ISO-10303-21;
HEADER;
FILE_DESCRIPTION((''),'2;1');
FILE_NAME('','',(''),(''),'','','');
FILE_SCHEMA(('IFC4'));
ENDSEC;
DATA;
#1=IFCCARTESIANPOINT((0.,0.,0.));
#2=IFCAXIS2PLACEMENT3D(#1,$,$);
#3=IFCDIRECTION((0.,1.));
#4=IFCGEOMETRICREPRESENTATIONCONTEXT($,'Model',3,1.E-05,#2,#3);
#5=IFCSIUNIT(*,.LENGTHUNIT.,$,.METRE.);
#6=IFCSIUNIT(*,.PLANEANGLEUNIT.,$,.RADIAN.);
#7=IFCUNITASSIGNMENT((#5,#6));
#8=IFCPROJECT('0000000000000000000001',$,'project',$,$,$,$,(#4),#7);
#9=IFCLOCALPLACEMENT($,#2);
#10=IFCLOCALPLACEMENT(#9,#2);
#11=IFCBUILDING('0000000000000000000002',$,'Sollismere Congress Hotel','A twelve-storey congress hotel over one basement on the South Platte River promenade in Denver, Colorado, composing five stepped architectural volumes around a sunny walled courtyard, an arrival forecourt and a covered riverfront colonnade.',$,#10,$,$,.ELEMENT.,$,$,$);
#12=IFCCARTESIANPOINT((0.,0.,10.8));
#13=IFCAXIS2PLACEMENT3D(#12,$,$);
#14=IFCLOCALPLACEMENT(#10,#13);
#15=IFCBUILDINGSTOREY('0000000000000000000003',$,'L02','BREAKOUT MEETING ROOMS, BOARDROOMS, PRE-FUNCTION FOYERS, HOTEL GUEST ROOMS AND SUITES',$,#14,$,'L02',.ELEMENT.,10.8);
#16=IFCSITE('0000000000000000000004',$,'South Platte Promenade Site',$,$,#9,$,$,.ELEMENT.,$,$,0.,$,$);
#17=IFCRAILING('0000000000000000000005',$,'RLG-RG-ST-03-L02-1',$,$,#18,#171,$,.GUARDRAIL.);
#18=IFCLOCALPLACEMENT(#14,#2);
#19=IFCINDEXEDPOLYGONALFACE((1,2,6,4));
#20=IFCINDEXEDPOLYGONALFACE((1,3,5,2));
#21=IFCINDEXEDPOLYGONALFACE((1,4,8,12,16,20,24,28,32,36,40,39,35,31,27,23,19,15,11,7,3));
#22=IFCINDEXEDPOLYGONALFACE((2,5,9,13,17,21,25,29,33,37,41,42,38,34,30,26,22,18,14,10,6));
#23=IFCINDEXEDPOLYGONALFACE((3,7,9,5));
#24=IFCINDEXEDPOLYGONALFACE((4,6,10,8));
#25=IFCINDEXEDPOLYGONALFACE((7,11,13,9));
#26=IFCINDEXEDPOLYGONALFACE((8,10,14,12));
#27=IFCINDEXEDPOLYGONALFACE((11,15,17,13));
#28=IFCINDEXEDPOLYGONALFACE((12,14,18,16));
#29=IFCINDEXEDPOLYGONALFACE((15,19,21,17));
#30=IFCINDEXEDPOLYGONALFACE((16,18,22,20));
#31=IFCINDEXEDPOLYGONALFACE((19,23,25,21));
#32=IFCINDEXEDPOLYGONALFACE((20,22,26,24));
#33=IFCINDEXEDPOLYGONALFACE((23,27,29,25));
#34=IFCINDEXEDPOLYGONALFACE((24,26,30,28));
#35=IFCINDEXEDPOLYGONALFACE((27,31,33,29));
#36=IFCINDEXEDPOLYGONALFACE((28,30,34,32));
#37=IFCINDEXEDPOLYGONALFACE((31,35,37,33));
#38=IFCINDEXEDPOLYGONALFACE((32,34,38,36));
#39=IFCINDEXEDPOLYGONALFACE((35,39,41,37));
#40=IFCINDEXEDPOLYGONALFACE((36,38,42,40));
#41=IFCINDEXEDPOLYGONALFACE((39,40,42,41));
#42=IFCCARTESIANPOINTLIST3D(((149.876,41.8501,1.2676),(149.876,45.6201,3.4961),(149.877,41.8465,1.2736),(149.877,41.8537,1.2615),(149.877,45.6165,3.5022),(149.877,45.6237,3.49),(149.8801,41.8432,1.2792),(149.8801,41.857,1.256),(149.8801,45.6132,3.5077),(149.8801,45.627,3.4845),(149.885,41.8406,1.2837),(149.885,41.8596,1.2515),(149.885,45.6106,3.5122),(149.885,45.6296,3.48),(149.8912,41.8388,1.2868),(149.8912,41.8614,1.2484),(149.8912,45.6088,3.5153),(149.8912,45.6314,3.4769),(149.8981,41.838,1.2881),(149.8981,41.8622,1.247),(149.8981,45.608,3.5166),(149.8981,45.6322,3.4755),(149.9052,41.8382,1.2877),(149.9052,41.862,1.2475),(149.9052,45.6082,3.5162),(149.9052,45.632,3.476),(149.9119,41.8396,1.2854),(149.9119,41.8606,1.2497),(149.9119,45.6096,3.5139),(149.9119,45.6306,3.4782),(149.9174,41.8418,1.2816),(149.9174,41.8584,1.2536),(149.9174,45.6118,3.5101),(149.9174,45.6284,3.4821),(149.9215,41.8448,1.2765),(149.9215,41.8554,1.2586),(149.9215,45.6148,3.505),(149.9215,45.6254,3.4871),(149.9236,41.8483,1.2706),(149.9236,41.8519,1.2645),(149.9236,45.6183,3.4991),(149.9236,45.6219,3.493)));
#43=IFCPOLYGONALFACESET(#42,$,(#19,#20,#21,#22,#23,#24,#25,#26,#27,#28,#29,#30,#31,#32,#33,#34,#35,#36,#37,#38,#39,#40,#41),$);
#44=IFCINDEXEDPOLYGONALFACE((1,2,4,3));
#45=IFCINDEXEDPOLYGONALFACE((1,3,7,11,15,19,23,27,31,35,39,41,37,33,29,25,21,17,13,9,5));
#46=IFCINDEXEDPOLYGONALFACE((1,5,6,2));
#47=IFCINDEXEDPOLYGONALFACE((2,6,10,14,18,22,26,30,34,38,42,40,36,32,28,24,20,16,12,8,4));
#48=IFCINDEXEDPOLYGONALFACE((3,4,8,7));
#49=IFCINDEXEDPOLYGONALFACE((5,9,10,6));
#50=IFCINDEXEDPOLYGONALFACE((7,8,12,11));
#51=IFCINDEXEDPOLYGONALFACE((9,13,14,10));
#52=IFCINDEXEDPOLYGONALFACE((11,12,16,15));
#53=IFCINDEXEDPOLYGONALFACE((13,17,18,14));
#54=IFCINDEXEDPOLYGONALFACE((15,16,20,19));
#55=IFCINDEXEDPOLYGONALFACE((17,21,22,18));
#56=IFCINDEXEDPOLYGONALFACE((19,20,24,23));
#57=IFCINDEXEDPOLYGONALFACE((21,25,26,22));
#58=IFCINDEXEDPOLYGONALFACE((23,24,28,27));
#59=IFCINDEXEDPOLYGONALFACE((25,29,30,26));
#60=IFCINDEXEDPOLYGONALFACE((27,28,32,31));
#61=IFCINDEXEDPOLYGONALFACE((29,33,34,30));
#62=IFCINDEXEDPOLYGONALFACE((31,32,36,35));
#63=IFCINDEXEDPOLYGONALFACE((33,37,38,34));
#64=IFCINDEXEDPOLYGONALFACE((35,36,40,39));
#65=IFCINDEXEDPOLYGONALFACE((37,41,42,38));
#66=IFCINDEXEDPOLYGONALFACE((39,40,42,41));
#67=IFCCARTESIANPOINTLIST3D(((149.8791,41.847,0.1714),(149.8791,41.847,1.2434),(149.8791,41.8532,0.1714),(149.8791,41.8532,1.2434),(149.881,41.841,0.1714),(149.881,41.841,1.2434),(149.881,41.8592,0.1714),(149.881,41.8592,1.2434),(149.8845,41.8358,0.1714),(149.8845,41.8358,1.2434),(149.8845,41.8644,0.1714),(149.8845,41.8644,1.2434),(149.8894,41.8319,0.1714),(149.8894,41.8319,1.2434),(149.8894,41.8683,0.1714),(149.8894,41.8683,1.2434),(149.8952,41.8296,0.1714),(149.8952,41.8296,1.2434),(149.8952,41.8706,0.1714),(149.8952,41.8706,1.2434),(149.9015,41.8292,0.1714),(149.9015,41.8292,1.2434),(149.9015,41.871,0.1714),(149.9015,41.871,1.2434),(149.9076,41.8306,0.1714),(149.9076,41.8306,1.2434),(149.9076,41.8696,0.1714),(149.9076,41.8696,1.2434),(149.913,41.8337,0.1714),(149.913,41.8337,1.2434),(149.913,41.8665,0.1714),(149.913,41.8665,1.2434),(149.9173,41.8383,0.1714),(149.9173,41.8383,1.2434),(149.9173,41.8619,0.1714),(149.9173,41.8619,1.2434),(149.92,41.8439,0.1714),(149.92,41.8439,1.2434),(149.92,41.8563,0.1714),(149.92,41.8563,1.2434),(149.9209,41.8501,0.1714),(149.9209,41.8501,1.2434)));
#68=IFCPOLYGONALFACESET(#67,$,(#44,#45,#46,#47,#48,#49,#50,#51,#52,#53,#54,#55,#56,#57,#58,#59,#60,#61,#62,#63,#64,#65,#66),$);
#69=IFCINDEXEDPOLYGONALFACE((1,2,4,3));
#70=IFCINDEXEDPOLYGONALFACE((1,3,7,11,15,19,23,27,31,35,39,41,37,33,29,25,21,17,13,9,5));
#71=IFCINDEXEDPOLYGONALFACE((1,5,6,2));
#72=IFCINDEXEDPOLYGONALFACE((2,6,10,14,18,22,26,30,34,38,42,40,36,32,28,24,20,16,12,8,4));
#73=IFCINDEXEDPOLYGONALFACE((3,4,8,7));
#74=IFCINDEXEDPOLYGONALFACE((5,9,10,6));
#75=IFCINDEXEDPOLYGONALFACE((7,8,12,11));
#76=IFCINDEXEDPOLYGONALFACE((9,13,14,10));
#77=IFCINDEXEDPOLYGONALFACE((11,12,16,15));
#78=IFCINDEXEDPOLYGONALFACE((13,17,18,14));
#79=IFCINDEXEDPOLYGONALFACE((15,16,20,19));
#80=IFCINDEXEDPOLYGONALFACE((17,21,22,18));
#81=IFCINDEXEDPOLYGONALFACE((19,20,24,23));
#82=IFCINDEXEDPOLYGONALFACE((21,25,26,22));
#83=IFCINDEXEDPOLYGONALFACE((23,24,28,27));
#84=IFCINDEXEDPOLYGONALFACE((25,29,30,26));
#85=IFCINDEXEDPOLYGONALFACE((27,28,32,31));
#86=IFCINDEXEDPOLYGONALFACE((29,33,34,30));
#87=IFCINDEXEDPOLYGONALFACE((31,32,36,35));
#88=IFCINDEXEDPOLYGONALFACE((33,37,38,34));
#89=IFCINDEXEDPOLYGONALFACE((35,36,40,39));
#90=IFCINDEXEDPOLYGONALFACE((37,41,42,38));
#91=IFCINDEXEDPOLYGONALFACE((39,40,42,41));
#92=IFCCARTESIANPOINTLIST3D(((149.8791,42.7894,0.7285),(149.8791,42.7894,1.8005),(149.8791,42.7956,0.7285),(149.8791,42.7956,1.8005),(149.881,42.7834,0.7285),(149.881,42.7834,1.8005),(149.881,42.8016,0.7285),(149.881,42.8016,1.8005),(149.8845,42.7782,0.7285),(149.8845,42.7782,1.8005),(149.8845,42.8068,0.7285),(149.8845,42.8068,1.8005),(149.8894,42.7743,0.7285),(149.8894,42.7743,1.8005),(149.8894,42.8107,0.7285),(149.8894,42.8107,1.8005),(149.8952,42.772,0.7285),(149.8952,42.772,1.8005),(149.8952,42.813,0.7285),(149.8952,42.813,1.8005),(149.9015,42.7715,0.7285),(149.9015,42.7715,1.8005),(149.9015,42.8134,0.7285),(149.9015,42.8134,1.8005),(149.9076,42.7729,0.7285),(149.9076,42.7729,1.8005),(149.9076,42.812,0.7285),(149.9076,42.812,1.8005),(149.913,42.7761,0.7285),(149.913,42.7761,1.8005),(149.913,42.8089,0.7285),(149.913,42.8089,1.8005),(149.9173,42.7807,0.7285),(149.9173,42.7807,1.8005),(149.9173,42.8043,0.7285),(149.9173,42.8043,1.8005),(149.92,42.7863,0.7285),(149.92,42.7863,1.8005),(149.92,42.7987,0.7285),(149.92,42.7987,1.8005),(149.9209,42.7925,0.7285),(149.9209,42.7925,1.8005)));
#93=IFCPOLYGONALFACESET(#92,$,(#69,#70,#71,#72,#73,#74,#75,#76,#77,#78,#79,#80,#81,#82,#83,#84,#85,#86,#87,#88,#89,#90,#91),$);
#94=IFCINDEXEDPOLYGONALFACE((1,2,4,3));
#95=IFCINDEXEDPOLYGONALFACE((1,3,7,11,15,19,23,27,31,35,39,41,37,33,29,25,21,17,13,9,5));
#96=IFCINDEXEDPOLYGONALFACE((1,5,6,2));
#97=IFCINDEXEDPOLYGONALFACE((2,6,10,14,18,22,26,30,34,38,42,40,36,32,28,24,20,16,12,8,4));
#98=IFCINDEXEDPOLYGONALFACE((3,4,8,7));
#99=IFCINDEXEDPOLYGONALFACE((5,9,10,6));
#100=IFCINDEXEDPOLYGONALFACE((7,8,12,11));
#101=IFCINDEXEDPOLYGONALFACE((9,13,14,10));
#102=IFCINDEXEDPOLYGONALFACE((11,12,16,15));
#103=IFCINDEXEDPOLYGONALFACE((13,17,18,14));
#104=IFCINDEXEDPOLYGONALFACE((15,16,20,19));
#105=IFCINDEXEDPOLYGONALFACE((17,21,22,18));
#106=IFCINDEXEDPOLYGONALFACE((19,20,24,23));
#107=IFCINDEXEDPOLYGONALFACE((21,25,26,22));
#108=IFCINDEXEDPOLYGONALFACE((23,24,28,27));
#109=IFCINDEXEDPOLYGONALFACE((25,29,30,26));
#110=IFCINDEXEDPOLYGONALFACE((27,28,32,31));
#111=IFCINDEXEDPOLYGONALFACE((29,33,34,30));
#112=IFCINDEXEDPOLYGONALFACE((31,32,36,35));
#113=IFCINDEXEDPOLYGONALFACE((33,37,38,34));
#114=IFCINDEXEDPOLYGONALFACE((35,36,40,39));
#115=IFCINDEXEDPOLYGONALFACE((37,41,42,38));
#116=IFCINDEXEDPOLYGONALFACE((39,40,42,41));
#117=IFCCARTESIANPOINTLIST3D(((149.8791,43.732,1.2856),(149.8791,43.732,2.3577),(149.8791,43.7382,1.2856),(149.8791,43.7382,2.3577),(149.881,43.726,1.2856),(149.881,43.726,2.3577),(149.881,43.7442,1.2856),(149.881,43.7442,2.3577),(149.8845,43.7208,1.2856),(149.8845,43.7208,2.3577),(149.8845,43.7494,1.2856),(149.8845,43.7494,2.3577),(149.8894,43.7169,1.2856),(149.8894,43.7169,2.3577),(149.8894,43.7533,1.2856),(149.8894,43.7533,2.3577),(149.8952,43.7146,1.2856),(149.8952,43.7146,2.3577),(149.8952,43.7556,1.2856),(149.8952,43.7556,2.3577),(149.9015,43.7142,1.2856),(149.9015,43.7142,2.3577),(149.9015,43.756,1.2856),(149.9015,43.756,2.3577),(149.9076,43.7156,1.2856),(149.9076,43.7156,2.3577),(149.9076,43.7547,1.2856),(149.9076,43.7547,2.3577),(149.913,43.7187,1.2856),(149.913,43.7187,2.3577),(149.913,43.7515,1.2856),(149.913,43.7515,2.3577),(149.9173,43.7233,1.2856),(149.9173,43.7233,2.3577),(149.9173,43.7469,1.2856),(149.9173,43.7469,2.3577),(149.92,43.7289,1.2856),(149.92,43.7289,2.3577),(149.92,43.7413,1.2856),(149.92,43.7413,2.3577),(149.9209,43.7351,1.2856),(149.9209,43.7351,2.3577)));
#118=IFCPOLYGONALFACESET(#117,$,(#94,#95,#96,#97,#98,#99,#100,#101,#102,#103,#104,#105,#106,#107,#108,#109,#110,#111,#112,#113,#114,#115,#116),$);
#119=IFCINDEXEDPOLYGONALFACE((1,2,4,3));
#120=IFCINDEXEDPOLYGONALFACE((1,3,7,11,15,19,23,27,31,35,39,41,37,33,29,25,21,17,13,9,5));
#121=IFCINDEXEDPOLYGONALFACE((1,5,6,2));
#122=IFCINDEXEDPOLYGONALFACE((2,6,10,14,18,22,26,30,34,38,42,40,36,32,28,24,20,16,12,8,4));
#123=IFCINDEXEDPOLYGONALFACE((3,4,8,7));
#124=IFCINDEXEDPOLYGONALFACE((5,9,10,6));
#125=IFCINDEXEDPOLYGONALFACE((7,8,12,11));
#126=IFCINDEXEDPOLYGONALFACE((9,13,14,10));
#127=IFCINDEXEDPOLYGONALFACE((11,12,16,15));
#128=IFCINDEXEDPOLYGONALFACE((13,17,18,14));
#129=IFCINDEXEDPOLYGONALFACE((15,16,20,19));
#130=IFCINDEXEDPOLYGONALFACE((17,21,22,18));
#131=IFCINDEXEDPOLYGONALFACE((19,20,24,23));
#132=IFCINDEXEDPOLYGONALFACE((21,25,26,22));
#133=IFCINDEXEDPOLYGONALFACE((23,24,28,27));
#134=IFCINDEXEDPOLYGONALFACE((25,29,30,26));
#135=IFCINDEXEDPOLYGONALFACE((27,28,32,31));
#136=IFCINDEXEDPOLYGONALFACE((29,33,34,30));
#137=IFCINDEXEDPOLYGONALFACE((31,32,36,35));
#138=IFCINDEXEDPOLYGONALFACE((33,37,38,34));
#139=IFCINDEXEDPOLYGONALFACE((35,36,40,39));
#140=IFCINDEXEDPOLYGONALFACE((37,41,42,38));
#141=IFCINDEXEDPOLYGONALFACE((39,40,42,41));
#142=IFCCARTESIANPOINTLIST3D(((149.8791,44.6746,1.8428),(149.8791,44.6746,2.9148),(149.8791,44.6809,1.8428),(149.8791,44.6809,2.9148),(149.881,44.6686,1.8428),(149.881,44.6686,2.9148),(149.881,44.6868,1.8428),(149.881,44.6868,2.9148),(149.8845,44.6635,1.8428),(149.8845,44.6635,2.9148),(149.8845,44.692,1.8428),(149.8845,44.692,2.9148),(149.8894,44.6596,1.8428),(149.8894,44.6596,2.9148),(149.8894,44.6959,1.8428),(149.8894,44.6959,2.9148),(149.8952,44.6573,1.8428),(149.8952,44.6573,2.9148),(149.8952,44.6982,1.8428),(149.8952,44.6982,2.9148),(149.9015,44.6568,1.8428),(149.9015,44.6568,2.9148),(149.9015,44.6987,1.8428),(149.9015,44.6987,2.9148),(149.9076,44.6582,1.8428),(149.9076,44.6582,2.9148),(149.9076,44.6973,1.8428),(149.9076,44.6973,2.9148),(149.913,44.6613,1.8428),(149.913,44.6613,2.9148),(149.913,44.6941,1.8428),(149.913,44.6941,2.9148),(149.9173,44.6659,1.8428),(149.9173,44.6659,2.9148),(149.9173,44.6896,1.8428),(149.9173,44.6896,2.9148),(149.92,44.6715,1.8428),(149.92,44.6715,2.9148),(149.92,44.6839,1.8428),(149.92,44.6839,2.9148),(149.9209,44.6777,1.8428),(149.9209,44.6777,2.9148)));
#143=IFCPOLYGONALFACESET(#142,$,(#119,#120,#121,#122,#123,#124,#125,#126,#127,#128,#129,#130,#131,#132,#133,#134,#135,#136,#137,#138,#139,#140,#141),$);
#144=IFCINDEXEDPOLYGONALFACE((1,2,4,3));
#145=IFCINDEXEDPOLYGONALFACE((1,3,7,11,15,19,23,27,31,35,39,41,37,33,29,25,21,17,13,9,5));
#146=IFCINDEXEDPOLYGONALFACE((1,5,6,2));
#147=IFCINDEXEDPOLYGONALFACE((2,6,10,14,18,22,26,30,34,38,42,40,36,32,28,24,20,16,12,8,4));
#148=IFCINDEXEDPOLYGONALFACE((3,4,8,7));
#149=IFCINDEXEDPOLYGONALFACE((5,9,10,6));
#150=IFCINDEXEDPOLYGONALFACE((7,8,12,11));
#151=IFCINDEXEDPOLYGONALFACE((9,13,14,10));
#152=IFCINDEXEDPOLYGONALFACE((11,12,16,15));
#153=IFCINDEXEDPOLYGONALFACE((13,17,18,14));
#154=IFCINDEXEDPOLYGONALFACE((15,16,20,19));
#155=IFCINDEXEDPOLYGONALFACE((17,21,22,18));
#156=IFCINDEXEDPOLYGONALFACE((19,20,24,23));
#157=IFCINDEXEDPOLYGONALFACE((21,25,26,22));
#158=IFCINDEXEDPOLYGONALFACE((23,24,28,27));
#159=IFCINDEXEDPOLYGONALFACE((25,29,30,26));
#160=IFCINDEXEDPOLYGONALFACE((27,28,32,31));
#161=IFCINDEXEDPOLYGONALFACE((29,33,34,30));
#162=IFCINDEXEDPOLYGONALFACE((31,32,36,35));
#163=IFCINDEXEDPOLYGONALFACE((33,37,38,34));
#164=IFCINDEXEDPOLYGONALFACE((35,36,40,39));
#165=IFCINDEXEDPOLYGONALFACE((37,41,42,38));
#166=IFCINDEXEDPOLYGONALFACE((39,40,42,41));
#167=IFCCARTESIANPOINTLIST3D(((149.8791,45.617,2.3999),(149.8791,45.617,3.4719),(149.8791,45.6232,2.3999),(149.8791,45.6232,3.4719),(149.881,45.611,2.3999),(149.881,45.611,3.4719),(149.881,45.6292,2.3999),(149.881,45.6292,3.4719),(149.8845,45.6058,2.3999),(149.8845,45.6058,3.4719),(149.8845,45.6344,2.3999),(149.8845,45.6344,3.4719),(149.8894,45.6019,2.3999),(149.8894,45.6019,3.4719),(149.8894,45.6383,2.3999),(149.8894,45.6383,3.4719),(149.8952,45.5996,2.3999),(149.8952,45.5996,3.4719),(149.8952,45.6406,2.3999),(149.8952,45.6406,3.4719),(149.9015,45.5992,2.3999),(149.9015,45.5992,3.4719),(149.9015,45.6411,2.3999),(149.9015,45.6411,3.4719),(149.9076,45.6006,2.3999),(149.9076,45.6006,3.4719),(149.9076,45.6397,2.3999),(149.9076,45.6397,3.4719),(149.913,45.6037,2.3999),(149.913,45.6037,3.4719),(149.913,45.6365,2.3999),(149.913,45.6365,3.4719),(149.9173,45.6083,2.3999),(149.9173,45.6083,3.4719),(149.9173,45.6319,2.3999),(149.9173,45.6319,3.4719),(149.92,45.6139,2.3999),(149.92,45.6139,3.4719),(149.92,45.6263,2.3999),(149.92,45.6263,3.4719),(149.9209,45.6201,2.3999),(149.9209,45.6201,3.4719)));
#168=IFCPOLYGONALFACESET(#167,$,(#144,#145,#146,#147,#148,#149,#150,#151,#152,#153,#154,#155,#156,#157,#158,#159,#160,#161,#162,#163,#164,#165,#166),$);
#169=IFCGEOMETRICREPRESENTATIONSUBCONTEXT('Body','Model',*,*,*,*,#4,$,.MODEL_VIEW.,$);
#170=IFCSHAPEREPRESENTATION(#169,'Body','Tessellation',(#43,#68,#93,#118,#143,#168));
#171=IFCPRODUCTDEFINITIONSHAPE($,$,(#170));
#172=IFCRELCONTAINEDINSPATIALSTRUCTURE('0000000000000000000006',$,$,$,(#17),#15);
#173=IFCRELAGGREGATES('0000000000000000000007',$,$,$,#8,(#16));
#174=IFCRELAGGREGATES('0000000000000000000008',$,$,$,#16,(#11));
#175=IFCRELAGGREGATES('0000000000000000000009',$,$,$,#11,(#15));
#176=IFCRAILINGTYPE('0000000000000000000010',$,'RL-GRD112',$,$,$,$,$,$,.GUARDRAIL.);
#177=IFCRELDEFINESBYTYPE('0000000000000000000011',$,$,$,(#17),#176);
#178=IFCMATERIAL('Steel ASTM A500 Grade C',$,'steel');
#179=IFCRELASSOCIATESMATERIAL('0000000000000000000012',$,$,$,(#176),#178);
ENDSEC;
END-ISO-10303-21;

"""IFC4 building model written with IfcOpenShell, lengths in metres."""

from ifc_helpers import new_model, si_unit, direction, frame, origin, origin_2d, place, context, subcontext, project, spatial, circle, extrude, material, type_object, element, save


model = new_model("IFC4")

# Units and contexts
model_context = context("Model", 3, precision=1e-05, world=origin(), true_north=direction((0.0, 1.0)))
body_context = subcontext(model_context, "Body", "Model", "MODEL_VIEW")
ifc_project = project(units=[si_unit("LENGTHUNIT", "METRE"), si_unit("PLANEANGLEUNIT", "RADIAN")], contexts=[model_context])

# Site, building, storey
site_placement = place(None, origin())
site = spatial("IfcSite", under=ifc_project, at=site_placement, Name="South Platte Promenade Site", CompositionType="ELEMENT", RefElevation=0.0)
building_placement = place(site_placement, origin())
building = spatial("IfcBuilding", under=site, at=building_placement, Name="Sollismere Congress Hotel", Description="A twelve-storey congress hotel over one basement on the South Platte River promenade in Denver, Colorado, composing five stepped architectural volumes around a sunny walled courtyard, an arrival forecourt and a covered riverfront colonnade.", CompositionType="ELEMENT")
storey_placement = place(building_placement, frame((0.0, 0.0, 10.8)))
storey = spatial("IfcBuildingStorey", under=building, at=storey_placement, Name="L02", Description="BREAKOUT MEETING ROOMS, BOARDROOMS, PRE-FUNCTION FOYERS, HOTEL GUEST ROOMS AND SUITES", LongName="L02", CompositionType="ELEMENT", Elevation=10.8)

# Railing
ifc_material_1 = material(Name="Steel ASTM A500 Grade C", Category="steel")
railing_type_1 = type_object("IfcRailingType", Name="RL-GRD112", PredefinedType="GUARDRAIL", material=ifc_material_1)
railing_1_placement = place(storey_placement, frame((149.8999, 41.8501, 0.1714)))
element("IfcRailing", 1, at=railing_1_placement, inside=storey, type_object=railing_type_1, Name="RLG-RG-ST-03-L02-1", PredefinedType="GUARDRAIL", context=body_context, shape_type="SweptSolid", body=[
    extrude(circle(Radius=0.0239, at=origin_2d()), frame((0.0, 0.0, 1.0962), z_axis=(0.0, 0.860849, 0.508861), x_axis=(-1.0, 0.0, 0.0)), (0.0, 0.0, 1.0), 4.3794),
    extrude(circle(Radius=0.021, at=origin_2d()), origin(), (0.0, 0.0, 1.0), 1.072),
    extrude(circle(Radius=0.021, at=origin_2d()), frame((0.0, 0.9424, 0.5571)), (0.0, 0.0, 1.0), 1.072),
    extrude(circle(Radius=0.021, at=origin_2d()), frame((0.0, 1.885, 1.1143)), (0.0, 0.0, 1.0), 1.072),
    extrude(circle(Radius=0.021, at=origin_2d()), frame((0.0, 2.8276, 1.6714)), (0.0, 0.0, 1.0), 1.072),
    extrude(circle(Radius=0.021, at=origin_2d()), frame((0.0, 3.77, 2.2285)), (0.0, 0.0, 1.0), 1.072),
])

save(model, "model.ifc")
